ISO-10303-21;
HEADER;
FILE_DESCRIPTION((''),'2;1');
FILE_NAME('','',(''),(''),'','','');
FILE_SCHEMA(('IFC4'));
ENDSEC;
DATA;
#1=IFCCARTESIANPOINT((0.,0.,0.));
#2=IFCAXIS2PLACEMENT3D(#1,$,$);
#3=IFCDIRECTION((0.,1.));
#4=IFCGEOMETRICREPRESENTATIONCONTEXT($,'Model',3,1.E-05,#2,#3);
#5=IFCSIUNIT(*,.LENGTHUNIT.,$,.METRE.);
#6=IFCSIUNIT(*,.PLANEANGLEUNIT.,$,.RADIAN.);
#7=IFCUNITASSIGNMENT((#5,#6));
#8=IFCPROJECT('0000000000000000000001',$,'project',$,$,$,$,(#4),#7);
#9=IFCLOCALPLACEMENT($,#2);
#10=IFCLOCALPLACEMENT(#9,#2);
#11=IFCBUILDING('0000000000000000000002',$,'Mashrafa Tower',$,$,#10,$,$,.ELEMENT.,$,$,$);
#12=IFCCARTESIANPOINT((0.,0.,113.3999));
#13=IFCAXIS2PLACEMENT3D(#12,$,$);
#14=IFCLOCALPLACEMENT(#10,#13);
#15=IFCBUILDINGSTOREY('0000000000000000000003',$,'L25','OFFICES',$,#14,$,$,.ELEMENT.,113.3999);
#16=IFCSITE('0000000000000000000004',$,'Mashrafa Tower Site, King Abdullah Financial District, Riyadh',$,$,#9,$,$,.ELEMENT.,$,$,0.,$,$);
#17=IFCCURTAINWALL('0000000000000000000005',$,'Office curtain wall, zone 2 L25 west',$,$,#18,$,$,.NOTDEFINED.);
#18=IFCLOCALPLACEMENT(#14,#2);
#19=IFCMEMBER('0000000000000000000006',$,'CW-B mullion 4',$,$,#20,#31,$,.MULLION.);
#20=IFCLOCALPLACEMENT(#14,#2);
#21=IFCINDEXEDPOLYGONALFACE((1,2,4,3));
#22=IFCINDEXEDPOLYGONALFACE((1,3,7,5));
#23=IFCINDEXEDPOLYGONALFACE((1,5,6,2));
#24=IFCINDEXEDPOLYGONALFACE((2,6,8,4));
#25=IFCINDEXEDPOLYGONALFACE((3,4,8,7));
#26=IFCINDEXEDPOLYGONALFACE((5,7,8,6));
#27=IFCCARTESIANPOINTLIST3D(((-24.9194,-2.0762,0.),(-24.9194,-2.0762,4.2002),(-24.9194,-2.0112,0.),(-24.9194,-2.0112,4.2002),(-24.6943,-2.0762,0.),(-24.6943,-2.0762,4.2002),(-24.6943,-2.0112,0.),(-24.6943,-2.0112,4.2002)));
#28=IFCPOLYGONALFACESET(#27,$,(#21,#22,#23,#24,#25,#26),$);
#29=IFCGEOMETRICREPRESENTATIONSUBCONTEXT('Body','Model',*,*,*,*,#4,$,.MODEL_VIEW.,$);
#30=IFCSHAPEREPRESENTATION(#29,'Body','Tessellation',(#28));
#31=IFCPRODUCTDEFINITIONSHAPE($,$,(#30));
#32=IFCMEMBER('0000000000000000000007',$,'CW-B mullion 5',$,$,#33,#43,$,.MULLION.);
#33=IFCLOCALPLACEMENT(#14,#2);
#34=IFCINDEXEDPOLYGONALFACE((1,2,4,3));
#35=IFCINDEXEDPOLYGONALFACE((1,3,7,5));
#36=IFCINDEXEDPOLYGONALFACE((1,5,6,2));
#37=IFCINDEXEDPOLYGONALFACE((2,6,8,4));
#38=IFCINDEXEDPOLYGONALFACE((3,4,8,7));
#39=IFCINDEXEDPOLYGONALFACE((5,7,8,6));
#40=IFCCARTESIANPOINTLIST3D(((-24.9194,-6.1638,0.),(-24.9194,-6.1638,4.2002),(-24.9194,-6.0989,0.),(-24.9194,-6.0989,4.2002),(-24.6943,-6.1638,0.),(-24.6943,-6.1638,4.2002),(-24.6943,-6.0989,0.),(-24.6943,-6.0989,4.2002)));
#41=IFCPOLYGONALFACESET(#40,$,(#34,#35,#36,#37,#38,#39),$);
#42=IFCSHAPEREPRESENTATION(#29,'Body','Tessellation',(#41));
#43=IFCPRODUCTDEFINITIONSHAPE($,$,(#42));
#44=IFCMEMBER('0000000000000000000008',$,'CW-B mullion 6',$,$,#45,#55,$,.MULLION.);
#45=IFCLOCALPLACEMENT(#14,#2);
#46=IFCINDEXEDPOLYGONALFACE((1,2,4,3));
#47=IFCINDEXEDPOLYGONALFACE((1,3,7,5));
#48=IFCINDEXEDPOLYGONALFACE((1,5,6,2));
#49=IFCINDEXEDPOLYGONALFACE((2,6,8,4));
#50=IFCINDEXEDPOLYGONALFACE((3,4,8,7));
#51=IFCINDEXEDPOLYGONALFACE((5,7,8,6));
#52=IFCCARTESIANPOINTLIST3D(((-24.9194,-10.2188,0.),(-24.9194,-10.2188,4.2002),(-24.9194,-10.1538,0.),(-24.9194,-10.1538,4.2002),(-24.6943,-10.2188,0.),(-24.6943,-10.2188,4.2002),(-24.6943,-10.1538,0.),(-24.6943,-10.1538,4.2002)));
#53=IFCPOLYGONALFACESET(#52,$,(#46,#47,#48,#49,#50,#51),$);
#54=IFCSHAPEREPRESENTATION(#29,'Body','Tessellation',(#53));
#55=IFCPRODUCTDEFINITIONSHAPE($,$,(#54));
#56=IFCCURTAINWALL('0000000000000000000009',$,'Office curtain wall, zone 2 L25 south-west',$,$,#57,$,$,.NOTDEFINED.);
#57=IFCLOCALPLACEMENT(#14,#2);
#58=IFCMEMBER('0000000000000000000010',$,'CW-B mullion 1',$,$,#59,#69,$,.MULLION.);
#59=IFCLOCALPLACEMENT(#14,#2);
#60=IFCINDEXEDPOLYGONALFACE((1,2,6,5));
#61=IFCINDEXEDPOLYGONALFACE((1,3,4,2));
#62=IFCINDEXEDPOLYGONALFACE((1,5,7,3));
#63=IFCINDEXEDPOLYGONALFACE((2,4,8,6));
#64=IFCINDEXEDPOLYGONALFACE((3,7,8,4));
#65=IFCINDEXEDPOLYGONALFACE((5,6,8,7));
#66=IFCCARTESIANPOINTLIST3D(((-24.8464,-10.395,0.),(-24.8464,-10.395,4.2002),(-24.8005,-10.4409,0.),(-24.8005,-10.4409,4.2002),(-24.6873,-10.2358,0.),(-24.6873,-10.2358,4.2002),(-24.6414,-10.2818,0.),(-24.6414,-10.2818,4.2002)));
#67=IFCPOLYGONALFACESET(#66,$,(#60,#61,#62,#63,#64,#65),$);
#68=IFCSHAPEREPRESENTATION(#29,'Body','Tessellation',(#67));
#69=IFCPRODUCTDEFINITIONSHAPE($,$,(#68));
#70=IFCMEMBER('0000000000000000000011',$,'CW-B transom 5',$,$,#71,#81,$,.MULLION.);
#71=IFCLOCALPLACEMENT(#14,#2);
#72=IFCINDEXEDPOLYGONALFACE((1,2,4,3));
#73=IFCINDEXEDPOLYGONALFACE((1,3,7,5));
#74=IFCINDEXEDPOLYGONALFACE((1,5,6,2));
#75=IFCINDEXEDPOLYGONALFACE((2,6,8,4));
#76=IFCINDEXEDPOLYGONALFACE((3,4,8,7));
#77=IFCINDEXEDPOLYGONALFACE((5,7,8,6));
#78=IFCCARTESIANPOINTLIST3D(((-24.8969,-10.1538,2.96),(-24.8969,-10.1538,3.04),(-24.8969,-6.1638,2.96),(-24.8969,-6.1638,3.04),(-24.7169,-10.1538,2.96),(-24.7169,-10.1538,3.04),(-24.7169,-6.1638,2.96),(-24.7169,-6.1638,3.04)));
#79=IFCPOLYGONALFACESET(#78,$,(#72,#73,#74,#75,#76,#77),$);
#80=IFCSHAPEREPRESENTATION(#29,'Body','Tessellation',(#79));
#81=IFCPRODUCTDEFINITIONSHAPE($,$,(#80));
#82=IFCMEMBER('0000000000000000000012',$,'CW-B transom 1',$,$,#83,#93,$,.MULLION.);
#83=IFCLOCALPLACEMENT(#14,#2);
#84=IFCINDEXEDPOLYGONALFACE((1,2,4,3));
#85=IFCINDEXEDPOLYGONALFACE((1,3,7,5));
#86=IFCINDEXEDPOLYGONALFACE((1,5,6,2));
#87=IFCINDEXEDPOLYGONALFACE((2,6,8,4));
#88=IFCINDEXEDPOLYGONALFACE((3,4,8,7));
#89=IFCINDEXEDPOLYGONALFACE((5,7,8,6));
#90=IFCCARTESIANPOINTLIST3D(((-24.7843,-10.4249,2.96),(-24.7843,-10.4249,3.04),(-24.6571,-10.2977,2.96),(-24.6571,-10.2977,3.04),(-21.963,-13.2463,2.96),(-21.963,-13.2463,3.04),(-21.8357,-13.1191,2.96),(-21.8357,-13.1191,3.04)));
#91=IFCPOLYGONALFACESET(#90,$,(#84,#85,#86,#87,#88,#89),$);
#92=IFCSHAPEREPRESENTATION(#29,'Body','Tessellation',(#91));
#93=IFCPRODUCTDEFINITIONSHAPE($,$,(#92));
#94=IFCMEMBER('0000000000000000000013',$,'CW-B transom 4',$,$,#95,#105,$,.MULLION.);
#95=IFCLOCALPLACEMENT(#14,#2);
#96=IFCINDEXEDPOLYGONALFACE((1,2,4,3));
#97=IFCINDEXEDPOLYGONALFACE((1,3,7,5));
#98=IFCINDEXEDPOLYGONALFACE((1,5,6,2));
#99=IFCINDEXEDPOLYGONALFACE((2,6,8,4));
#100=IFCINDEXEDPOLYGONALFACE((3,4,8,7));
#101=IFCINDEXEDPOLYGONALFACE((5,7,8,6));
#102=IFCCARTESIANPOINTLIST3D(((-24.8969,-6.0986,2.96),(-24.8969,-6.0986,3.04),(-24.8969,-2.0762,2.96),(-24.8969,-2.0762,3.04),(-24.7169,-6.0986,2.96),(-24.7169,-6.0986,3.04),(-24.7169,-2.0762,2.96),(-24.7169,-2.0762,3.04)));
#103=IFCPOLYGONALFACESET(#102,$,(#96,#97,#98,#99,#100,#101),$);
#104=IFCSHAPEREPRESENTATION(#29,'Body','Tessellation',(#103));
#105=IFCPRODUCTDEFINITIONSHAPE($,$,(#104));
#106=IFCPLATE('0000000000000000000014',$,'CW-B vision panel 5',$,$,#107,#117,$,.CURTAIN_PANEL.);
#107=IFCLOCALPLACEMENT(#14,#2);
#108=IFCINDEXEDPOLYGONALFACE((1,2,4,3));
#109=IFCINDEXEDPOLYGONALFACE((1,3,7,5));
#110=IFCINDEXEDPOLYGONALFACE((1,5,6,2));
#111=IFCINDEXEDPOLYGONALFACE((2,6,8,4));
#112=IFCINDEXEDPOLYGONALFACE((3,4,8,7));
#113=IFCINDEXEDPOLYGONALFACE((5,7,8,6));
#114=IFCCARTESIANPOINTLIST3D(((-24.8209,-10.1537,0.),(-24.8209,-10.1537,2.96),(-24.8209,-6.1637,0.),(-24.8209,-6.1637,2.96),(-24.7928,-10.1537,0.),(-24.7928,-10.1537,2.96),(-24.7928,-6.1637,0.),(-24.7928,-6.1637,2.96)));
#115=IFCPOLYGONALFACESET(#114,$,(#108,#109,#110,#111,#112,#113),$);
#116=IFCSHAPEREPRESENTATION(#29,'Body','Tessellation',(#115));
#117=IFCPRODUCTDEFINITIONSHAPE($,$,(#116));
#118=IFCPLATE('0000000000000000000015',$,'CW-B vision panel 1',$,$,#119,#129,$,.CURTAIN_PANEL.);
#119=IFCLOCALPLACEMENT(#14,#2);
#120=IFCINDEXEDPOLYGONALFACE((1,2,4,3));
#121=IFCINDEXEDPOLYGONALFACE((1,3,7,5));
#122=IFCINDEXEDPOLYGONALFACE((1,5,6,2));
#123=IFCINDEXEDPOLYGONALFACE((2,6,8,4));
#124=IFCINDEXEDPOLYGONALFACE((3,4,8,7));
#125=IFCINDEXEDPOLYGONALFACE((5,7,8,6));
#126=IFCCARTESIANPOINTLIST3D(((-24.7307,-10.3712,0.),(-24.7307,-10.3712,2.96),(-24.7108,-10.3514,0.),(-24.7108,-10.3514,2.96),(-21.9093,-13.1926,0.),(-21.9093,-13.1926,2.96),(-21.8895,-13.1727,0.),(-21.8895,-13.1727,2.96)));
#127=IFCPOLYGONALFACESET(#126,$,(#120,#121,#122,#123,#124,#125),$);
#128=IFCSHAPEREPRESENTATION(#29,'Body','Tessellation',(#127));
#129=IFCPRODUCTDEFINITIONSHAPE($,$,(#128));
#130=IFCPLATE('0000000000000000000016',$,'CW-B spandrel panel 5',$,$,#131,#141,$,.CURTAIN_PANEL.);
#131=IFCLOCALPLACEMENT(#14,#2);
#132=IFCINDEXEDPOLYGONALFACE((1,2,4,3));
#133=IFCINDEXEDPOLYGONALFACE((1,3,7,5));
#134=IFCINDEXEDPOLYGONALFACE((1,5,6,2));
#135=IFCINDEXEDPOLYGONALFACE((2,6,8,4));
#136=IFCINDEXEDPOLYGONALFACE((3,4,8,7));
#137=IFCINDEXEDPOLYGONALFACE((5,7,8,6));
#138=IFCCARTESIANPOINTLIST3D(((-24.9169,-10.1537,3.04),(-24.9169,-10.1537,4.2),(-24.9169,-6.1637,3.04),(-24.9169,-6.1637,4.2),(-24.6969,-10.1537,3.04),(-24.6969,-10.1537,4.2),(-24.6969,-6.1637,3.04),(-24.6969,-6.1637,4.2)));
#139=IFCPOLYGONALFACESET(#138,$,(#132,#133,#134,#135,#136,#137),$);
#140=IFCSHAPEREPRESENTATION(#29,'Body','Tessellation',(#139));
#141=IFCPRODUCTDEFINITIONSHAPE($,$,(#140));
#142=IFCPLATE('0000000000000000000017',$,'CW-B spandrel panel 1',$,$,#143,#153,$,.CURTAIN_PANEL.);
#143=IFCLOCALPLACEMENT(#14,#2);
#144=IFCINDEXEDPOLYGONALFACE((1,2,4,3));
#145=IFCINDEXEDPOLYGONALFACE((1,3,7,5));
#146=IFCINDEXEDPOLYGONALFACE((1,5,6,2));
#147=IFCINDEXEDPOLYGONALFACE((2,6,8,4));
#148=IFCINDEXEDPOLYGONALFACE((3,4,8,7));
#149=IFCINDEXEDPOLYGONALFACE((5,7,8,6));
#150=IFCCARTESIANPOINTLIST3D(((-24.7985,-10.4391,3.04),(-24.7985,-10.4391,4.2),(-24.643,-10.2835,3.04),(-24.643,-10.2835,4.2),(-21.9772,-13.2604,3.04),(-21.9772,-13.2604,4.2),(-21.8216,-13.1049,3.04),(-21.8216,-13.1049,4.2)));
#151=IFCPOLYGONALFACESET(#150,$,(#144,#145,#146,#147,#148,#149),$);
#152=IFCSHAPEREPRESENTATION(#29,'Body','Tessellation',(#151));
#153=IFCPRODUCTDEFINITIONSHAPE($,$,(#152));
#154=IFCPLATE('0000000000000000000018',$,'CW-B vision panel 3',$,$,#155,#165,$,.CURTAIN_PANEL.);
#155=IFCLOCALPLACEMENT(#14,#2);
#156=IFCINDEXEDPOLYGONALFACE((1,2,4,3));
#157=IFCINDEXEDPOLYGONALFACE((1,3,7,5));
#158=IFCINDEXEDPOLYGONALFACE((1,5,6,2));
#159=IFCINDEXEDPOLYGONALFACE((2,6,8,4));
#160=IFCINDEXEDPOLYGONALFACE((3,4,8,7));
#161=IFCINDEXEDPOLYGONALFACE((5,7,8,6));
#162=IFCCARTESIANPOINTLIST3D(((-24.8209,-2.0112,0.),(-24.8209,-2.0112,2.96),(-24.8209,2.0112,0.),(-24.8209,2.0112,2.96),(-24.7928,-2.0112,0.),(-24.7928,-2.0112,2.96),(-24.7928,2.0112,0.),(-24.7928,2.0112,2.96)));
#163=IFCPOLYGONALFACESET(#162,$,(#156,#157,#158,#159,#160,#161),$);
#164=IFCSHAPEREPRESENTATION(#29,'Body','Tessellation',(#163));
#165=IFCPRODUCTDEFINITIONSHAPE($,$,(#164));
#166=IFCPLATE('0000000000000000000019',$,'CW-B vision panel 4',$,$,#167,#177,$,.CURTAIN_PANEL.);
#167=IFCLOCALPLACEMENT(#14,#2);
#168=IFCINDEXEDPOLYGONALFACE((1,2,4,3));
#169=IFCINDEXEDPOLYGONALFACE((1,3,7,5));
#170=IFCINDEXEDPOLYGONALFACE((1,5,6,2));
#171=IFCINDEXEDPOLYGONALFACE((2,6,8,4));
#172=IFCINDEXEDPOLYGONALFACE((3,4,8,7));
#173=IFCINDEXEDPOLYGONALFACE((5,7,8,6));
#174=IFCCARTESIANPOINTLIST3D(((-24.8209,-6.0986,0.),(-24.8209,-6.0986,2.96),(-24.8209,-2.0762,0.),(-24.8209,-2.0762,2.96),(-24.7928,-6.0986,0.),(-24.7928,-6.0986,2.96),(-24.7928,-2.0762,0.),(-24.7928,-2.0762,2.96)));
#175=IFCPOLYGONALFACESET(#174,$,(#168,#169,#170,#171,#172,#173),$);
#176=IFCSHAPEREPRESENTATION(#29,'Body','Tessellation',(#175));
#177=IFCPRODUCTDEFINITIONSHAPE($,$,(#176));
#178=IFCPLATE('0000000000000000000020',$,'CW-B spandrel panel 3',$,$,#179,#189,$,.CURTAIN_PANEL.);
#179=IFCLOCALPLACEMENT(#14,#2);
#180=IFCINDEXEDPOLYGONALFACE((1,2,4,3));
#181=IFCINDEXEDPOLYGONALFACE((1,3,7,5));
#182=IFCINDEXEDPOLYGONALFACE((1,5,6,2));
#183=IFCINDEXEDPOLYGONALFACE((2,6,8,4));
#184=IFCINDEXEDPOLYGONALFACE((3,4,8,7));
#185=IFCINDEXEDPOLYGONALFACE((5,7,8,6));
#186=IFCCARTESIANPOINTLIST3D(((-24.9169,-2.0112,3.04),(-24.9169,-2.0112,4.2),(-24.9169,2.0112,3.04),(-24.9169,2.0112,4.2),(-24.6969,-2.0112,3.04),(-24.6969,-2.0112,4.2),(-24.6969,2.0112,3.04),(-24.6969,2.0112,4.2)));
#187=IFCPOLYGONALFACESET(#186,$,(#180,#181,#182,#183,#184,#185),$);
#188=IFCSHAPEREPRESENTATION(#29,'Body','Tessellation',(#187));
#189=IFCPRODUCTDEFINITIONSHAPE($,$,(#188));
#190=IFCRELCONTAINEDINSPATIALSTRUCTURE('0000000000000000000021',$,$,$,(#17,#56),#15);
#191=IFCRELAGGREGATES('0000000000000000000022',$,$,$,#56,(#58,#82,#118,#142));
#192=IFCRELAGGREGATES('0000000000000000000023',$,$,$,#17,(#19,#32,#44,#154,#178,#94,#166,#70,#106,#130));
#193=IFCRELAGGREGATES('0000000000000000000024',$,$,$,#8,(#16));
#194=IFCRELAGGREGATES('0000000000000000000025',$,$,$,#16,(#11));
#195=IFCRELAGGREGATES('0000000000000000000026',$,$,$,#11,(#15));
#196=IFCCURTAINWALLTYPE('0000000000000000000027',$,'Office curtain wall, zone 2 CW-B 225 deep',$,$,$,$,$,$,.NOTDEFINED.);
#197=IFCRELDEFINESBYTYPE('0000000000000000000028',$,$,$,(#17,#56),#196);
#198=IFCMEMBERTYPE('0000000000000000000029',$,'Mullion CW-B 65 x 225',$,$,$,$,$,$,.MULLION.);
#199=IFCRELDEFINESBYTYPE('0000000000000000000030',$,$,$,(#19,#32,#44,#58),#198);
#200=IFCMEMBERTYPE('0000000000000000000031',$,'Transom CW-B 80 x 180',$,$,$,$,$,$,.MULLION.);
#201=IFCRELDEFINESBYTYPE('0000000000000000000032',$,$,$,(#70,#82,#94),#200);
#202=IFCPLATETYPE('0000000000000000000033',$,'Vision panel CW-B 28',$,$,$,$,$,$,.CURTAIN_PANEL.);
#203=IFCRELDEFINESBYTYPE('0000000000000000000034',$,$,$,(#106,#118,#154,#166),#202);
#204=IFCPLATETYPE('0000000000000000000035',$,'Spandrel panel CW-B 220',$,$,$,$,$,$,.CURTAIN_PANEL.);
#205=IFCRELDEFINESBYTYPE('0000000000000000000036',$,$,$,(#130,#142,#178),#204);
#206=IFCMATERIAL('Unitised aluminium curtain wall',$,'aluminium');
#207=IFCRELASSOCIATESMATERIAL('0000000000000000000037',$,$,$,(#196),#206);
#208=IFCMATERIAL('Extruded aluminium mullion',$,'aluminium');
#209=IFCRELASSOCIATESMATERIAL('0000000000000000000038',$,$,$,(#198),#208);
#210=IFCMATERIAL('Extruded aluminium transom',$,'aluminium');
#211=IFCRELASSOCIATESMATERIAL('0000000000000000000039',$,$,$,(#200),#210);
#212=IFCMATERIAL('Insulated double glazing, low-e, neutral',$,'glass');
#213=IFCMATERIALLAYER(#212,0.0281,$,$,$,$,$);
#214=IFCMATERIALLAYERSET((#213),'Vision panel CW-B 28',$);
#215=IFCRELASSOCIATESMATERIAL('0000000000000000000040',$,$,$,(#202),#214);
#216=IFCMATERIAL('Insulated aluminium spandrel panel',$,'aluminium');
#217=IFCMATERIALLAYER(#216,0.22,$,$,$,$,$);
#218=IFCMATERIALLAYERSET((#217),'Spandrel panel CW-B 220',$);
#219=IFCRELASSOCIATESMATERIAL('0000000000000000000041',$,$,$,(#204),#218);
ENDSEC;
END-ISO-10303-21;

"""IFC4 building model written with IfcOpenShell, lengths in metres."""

from ifc_helpers import new_model, si_unit, direction, frame, origin, origin_2d, place, context, subcontext, project, spatial, rectangle, extrude, source, transform, mapped, material, layer, layer_set, material_profile, profile_set, type_object, type_shapes, element, aggregate, save


model = new_model("IFC4")

# Units and contexts
model_context = context("Model", 3, precision=1e-05, world=origin(), true_north=direction((0.0, 1.0)))
body_context = subcontext(model_context, "Body", "Model", "MODEL_VIEW")
ifc_project = project(units=[si_unit("LENGTHUNIT", "METRE"), si_unit("PLANEANGLEUNIT", "RADIAN")], contexts=[model_context])

# Site, building, storey
site_placement = place(None, origin())
site = spatial("IfcSite", under=ifc_project, at=site_placement, Name="Mashrafa Tower Site, King Abdullah Financial District, Riyadh", CompositionType="ELEMENT", RefElevation=0.0)
building_placement = place(site_placement, origin())
building = spatial("IfcBuilding", under=site, at=building_placement, Name="Mashrafa Tower", CompositionType="ELEMENT")
storey_placement = place(building_placement, frame((0.0, 0.0, 113.3999)))
storey = spatial("IfcBuildingStorey", under=building, at=storey_placement, Name="L25", Description="OFFICES", CompositionType="ELEMENT", Elevation=113.3999)

# Curtain wall, members
ifc_material_1 = material(Name="Unitised aluminium curtain wall", Category="aluminium")
curtain_wall_type = type_object("IfcCurtainWallType", Name="Office curtain wall, zone 2 CW-B 225 deep", PredefinedType="NOTDEFINED", material=ifc_material_1)
curtain_wall_1_placement = place(storey_placement, origin())
curtain_wall_1 = element("IfcCurtainWall", 1, at=curtain_wall_1_placement, inside=storey, type_object=curtain_wall_type, Name="Office curtain wall, zone 2 L25 west", PredefinedType="NOTDEFINED")
ifc_material_2 = material(Name="Extruded aluminium mullion", Category="aluminium")
ifc_material_profile_1 = material_profile(ifc_material_2, rectangle(XDim=0.2251, YDim=0.0649, at=origin_2d()), Name="Mullion 65x225")
ifc_profile_set_1 = profile_set([ifc_material_profile_1], Name="Extruded aluminium mullion")
member_type_1 = type_object("IfcMemberType", Name="Mullion CW-B 65 x 225", PredefinedType="MULLION", material=ifc_profile_set_1)
shared_shape_1 = source(origin(), body_context, "Body", "SweptSolid", [
    extrude(rectangle(XDim=0.2251, YDim=0.0649, at=origin_2d()), origin(), (0.0, 0.0, 1.0), 4.2002),
])
type_shapes(member_type_1, [shared_shape_1])
member_1_placement = place(storey_placement, frame((-24.8069, -2.0437, 0.0), z_axis=(0.0, 0.0, 1.0), x_axis=(1.0, 0.0, 0.0)))
member_1 = element("IfcMember", 2, at=member_1_placement, type_object=member_type_1, Name="CW-B mullion 4", PredefinedType="MULLION", context=body_context, shape_type="MappedRepresentation", body=[
    mapped(shared_shape_1, transform((0.0, 0.0, 0.0))),
])
member_2_placement = place(storey_placement, frame((-24.8069, -6.1313, 0.0), z_axis=(0.0, 0.0, 1.0), x_axis=(1.0, 0.0, 0.0)))
member_2 = element("IfcMember", 3, at=member_2_placement, type_object=member_type_1, Name="CW-B mullion 5", PredefinedType="MULLION", context=body_context, shape_type="MappedRepresentation", body=[
    mapped(shared_shape_1, transform((0.0, 0.0, 0.0))),
])
member_3_placement = place(storey_placement, frame((-24.8069, -10.1863, 0.0), z_axis=(0.0, 0.0, 1.0), x_axis=(1.0, 0.0, 0.0)))
member_3 = element("IfcMember", 4, at=member_3_placement, type_object=member_type_1, Name="CW-B mullion 6", PredefinedType="MULLION", context=body_context, shape_type="MappedRepresentation", body=[
    mapped(shared_shape_1, transform((0.0, 0.0, 0.0))),
])

# Curtain wall, member
curtain_wall_2_placement = place(storey_placement, origin())
curtain_wall_2 = element("IfcCurtainWall", 5, at=curtain_wall_2_placement, inside=storey, type_object=curtain_wall_type, Name="Office curtain wall, zone 2 L25 south-west", PredefinedType="NOTDEFINED")
member_4_placement = place(storey_placement, frame((-24.7439, -10.3384, 0.0), z_axis=(0.0, 0.0, 1.0), x_axis=(0.707107, 0.707107, 0.0)))
member_4 = element("IfcMember", 6, at=member_4_placement, type_object=member_type_1, Name="CW-B mullion 1", PredefinedType="MULLION", context=body_context, shape_type="MappedRepresentation", body=[
    mapped(shared_shape_1, transform((0.0, 0.0, 0.0))),
])

# Members
ifc_material_3 = material(Name="Extruded aluminium transom", Category="aluminium")
ifc_material_profile_2 = material_profile(ifc_material_3, rectangle(XDim=0.1799, YDim=0.0801, at=origin_2d()), Name="Transom 80x180")
ifc_profile_set_2 = profile_set([ifc_material_profile_2], Name="Extruded aluminium transom")
member_type_2 = type_object("IfcMemberType", Name="Transom CW-B 80 x 180", PredefinedType="MULLION", material=ifc_profile_set_2)
shared_shape_2 = source(origin(), body_context, "Body", "SweptSolid", [
    extrude(rectangle(XDim=0.1799, YDim=0.0801, at=origin_2d()), origin(), (0.0, 0.0, 1.0), 3.99),
])
member_5_placement = place(storey_placement, frame((-24.8069, -6.1638, 3.0), z_axis=(0.0, -1.0, 0.0), x_axis=(1.0, 0.0, 0.0)))
member_5 = element("IfcMember", 7, at=member_5_placement, type_object=member_type_2, Name="CW-B transom 5", PredefinedType="MULLION", context=body_context, shape_type="MappedRepresentation", body=[
    mapped(shared_shape_2, transform((0.0, 0.0, 0.0))),
])
member_6_placement = place(storey_placement, frame((-24.7207, -10.3613, 3.0), z_axis=(0.707107, -0.707107, 0.0), x_axis=(0.707107, 0.707107, 0.0)))
member_6 = element("IfcMember", 8, at=member_6_placement, type_object=member_type_2, Name="CW-B transom 1", PredefinedType="MULLION", context=body_context, shape_type="MappedRepresentation", body=[
    mapped(shared_shape_2, transform((0.0, 0.0, 0.0))),
])
shared_shape_3 = source(origin(), body_context, "Body", "SweptSolid", [
    extrude(rectangle(XDim=0.1799, YDim=0.0801, at=origin_2d()), origin(), (0.0, 0.0, 1.0), 4.0225),
])
type_shapes(member_type_2, [shared_shape_2, shared_shape_3])
member_7_placement = place(storey_placement, frame((-24.8069, -2.0762, 3.0), z_axis=(0.0, -1.0, 0.0), x_axis=(1.0, 0.0, 0.0)))
member_7 = element("IfcMember", 9, at=member_7_placement, type_object=member_type_2, Name="CW-B transom 4", PredefinedType="MULLION", context=body_context, shape_type="MappedRepresentation", body=[
    mapped(shared_shape_3, transform((0.0, 0.0, 0.0))),
])

# Plates
ifc_material_4 = material(Name="Insulated double glazing, low-e, neutral", Category="glass")
ifc_layer_1 = layer(ifc_material_4, 0.0281)
ifc_layer_set_1 = layer_set([ifc_layer_1], Name="Vision panel CW-B 28")
plate_type_1 = type_object("IfcPlateType", Name="Vision panel CW-B 28", PredefinedType="CURTAIN_PANEL", material=ifc_layer_set_1)
shared_shape_4 = source(origin(), body_context, "Body", "SweptSolid", [
    extrude(rectangle(XDim=3.99, YDim=0.0281, at=origin_2d()), origin(), (0.0, 0.0, 1.0), 2.96),
])
plate_1_placement = place(storey_placement, frame((-24.8069, -8.1587, 0.0), z_axis=(0.0, 0.0, 1.0), x_axis=(0.0, -1.0, 0.0)))
plate_1 = element("IfcPlate", 10, at=plate_1_placement, type_object=plate_type_1, Name="CW-B vision panel 5", PredefinedType="CURTAIN_PANEL", context=body_context, shape_type="MappedRepresentation", body=[
    mapped(shared_shape_4, transform((0.0, 0.0, 0.0))),
])
plate_2_placement = place(storey_placement, frame((-23.3101, -11.772, 0.0), z_axis=(0.0, 0.0, 1.0), x_axis=(0.707107, -0.707107, 0.0)))
plate_2 = element("IfcPlate", 11, at=plate_2_placement, type_object=plate_type_1, Name="CW-B vision panel 1", PredefinedType="CURTAIN_PANEL", context=body_context, shape_type="MappedRepresentation", body=[
    mapped(shared_shape_4, transform((0.0, 0.0, 0.0))),
])
ifc_material_5 = material(Name="Insulated aluminium spandrel panel", Category="aluminium")
ifc_layer_2 = layer(ifc_material_5, 0.22)
ifc_layer_set_2 = layer_set([ifc_layer_2], Name="Spandrel panel CW-B 220")
plate_type_2 = type_object("IfcPlateType", Name="Spandrel panel CW-B 220", PredefinedType="CURTAIN_PANEL", material=ifc_layer_set_2)
shared_shape_5 = source(origin(), body_context, "Body", "SweptSolid", [
    extrude(rectangle(XDim=3.99, YDim=0.22, at=origin_2d()), origin(), (0.0, 0.0, 1.0), 1.1599),
])
plate_3_placement = place(storey_placement, frame((-24.8069, -8.1587, 3.04), z_axis=(0.0, 0.0, 1.0), x_axis=(0.0, -1.0, 0.0)))
plate_3 = element("IfcPlate", 12, at=plate_3_placement, type_object=plate_type_2, Name="CW-B spandrel panel 5", PredefinedType="CURTAIN_PANEL", context=body_context, shape_type="MappedRepresentation", body=[
    mapped(shared_shape_5, transform((0.0, 0.0, 0.0))),
])
plate_4_placement = place(storey_placement, frame((-23.3101, -11.772, 3.04), z_axis=(0.0, 0.0, 1.0), x_axis=(0.707107, -0.707107, 0.0)))
plate_4 = element("IfcPlate", 13, at=plate_4_placement, type_object=plate_type_2, Name="CW-B spandrel panel 1", PredefinedType="CURTAIN_PANEL", context=body_context, shape_type="MappedRepresentation", body=[
    mapped(shared_shape_5, transform((0.0, 0.0, 0.0))),
])
aggregate(curtain_wall_2, [member_4, member_6, plate_2, plate_4])
shared_shape_6 = source(origin(), body_context, "Body", "SweptSolid", [
    extrude(rectangle(XDim=4.0225, YDim=0.0281, at=origin_2d()), origin(), (0.0, 0.0, 1.0), 2.96),
])
type_shapes(plate_type_1, [shared_shape_4, shared_shape_6])
plate_5_placement = place(storey_placement, frame((-24.8069, 0.0, 0.0), z_axis=(0.0, 0.0, 1.0), x_axis=(0.0, -1.0, 0.0)))
plate_5 = element("IfcPlate", 14, at=plate_5_placement, type_object=plate_type_1, Name="CW-B vision panel 3", PredefinedType="CURTAIN_PANEL", context=body_context, shape_type="MappedRepresentation", body=[
    mapped(shared_shape_6, transform((0.0, 0.0, 0.0))),
])
plate_6_placement = place(storey_placement, frame((-24.8069, -4.0874, 0.0), z_axis=(0.0, 0.0, 1.0), x_axis=(0.0, -1.0, 0.0)))
plate_6 = element("IfcPlate", 15, at=plate_6_placement, type_object=plate_type_1, Name="CW-B vision panel 4", PredefinedType="CURTAIN_PANEL", context=body_context, shape_type="MappedRepresentation", body=[
    mapped(shared_shape_6, transform((0.0, 0.0, 0.0))),
])
shared_shape_7 = source(origin(), body_context, "Body", "SweptSolid", [
    extrude(rectangle(XDim=4.0225, YDim=0.22, at=origin_2d()), origin(), (0.0, 0.0, 1.0), 1.1599),
])
type_shapes(plate_type_2, [shared_shape_5, shared_shape_7])
plate_7_placement = place(storey_placement, frame((-24.8069, 0.0, 3.04), z_axis=(0.0, 0.0, 1.0), x_axis=(0.0, -1.0, 0.0)))
plate_7 = element("IfcPlate", 16, at=plate_7_placement, type_object=plate_type_2, Name="CW-B spandrel panel 3", PredefinedType="CURTAIN_PANEL", context=body_context, shape_type="MappedRepresentation", body=[
    mapped(shared_shape_7, transform((0.0, 0.0, 0.0))),
])
aggregate(curtain_wall_1, [member_1, member_2, member_3, plate_5, plate_7, member_7, plate_6, member_5, plate_1, plate_3])

save(model, "model.ifc")
